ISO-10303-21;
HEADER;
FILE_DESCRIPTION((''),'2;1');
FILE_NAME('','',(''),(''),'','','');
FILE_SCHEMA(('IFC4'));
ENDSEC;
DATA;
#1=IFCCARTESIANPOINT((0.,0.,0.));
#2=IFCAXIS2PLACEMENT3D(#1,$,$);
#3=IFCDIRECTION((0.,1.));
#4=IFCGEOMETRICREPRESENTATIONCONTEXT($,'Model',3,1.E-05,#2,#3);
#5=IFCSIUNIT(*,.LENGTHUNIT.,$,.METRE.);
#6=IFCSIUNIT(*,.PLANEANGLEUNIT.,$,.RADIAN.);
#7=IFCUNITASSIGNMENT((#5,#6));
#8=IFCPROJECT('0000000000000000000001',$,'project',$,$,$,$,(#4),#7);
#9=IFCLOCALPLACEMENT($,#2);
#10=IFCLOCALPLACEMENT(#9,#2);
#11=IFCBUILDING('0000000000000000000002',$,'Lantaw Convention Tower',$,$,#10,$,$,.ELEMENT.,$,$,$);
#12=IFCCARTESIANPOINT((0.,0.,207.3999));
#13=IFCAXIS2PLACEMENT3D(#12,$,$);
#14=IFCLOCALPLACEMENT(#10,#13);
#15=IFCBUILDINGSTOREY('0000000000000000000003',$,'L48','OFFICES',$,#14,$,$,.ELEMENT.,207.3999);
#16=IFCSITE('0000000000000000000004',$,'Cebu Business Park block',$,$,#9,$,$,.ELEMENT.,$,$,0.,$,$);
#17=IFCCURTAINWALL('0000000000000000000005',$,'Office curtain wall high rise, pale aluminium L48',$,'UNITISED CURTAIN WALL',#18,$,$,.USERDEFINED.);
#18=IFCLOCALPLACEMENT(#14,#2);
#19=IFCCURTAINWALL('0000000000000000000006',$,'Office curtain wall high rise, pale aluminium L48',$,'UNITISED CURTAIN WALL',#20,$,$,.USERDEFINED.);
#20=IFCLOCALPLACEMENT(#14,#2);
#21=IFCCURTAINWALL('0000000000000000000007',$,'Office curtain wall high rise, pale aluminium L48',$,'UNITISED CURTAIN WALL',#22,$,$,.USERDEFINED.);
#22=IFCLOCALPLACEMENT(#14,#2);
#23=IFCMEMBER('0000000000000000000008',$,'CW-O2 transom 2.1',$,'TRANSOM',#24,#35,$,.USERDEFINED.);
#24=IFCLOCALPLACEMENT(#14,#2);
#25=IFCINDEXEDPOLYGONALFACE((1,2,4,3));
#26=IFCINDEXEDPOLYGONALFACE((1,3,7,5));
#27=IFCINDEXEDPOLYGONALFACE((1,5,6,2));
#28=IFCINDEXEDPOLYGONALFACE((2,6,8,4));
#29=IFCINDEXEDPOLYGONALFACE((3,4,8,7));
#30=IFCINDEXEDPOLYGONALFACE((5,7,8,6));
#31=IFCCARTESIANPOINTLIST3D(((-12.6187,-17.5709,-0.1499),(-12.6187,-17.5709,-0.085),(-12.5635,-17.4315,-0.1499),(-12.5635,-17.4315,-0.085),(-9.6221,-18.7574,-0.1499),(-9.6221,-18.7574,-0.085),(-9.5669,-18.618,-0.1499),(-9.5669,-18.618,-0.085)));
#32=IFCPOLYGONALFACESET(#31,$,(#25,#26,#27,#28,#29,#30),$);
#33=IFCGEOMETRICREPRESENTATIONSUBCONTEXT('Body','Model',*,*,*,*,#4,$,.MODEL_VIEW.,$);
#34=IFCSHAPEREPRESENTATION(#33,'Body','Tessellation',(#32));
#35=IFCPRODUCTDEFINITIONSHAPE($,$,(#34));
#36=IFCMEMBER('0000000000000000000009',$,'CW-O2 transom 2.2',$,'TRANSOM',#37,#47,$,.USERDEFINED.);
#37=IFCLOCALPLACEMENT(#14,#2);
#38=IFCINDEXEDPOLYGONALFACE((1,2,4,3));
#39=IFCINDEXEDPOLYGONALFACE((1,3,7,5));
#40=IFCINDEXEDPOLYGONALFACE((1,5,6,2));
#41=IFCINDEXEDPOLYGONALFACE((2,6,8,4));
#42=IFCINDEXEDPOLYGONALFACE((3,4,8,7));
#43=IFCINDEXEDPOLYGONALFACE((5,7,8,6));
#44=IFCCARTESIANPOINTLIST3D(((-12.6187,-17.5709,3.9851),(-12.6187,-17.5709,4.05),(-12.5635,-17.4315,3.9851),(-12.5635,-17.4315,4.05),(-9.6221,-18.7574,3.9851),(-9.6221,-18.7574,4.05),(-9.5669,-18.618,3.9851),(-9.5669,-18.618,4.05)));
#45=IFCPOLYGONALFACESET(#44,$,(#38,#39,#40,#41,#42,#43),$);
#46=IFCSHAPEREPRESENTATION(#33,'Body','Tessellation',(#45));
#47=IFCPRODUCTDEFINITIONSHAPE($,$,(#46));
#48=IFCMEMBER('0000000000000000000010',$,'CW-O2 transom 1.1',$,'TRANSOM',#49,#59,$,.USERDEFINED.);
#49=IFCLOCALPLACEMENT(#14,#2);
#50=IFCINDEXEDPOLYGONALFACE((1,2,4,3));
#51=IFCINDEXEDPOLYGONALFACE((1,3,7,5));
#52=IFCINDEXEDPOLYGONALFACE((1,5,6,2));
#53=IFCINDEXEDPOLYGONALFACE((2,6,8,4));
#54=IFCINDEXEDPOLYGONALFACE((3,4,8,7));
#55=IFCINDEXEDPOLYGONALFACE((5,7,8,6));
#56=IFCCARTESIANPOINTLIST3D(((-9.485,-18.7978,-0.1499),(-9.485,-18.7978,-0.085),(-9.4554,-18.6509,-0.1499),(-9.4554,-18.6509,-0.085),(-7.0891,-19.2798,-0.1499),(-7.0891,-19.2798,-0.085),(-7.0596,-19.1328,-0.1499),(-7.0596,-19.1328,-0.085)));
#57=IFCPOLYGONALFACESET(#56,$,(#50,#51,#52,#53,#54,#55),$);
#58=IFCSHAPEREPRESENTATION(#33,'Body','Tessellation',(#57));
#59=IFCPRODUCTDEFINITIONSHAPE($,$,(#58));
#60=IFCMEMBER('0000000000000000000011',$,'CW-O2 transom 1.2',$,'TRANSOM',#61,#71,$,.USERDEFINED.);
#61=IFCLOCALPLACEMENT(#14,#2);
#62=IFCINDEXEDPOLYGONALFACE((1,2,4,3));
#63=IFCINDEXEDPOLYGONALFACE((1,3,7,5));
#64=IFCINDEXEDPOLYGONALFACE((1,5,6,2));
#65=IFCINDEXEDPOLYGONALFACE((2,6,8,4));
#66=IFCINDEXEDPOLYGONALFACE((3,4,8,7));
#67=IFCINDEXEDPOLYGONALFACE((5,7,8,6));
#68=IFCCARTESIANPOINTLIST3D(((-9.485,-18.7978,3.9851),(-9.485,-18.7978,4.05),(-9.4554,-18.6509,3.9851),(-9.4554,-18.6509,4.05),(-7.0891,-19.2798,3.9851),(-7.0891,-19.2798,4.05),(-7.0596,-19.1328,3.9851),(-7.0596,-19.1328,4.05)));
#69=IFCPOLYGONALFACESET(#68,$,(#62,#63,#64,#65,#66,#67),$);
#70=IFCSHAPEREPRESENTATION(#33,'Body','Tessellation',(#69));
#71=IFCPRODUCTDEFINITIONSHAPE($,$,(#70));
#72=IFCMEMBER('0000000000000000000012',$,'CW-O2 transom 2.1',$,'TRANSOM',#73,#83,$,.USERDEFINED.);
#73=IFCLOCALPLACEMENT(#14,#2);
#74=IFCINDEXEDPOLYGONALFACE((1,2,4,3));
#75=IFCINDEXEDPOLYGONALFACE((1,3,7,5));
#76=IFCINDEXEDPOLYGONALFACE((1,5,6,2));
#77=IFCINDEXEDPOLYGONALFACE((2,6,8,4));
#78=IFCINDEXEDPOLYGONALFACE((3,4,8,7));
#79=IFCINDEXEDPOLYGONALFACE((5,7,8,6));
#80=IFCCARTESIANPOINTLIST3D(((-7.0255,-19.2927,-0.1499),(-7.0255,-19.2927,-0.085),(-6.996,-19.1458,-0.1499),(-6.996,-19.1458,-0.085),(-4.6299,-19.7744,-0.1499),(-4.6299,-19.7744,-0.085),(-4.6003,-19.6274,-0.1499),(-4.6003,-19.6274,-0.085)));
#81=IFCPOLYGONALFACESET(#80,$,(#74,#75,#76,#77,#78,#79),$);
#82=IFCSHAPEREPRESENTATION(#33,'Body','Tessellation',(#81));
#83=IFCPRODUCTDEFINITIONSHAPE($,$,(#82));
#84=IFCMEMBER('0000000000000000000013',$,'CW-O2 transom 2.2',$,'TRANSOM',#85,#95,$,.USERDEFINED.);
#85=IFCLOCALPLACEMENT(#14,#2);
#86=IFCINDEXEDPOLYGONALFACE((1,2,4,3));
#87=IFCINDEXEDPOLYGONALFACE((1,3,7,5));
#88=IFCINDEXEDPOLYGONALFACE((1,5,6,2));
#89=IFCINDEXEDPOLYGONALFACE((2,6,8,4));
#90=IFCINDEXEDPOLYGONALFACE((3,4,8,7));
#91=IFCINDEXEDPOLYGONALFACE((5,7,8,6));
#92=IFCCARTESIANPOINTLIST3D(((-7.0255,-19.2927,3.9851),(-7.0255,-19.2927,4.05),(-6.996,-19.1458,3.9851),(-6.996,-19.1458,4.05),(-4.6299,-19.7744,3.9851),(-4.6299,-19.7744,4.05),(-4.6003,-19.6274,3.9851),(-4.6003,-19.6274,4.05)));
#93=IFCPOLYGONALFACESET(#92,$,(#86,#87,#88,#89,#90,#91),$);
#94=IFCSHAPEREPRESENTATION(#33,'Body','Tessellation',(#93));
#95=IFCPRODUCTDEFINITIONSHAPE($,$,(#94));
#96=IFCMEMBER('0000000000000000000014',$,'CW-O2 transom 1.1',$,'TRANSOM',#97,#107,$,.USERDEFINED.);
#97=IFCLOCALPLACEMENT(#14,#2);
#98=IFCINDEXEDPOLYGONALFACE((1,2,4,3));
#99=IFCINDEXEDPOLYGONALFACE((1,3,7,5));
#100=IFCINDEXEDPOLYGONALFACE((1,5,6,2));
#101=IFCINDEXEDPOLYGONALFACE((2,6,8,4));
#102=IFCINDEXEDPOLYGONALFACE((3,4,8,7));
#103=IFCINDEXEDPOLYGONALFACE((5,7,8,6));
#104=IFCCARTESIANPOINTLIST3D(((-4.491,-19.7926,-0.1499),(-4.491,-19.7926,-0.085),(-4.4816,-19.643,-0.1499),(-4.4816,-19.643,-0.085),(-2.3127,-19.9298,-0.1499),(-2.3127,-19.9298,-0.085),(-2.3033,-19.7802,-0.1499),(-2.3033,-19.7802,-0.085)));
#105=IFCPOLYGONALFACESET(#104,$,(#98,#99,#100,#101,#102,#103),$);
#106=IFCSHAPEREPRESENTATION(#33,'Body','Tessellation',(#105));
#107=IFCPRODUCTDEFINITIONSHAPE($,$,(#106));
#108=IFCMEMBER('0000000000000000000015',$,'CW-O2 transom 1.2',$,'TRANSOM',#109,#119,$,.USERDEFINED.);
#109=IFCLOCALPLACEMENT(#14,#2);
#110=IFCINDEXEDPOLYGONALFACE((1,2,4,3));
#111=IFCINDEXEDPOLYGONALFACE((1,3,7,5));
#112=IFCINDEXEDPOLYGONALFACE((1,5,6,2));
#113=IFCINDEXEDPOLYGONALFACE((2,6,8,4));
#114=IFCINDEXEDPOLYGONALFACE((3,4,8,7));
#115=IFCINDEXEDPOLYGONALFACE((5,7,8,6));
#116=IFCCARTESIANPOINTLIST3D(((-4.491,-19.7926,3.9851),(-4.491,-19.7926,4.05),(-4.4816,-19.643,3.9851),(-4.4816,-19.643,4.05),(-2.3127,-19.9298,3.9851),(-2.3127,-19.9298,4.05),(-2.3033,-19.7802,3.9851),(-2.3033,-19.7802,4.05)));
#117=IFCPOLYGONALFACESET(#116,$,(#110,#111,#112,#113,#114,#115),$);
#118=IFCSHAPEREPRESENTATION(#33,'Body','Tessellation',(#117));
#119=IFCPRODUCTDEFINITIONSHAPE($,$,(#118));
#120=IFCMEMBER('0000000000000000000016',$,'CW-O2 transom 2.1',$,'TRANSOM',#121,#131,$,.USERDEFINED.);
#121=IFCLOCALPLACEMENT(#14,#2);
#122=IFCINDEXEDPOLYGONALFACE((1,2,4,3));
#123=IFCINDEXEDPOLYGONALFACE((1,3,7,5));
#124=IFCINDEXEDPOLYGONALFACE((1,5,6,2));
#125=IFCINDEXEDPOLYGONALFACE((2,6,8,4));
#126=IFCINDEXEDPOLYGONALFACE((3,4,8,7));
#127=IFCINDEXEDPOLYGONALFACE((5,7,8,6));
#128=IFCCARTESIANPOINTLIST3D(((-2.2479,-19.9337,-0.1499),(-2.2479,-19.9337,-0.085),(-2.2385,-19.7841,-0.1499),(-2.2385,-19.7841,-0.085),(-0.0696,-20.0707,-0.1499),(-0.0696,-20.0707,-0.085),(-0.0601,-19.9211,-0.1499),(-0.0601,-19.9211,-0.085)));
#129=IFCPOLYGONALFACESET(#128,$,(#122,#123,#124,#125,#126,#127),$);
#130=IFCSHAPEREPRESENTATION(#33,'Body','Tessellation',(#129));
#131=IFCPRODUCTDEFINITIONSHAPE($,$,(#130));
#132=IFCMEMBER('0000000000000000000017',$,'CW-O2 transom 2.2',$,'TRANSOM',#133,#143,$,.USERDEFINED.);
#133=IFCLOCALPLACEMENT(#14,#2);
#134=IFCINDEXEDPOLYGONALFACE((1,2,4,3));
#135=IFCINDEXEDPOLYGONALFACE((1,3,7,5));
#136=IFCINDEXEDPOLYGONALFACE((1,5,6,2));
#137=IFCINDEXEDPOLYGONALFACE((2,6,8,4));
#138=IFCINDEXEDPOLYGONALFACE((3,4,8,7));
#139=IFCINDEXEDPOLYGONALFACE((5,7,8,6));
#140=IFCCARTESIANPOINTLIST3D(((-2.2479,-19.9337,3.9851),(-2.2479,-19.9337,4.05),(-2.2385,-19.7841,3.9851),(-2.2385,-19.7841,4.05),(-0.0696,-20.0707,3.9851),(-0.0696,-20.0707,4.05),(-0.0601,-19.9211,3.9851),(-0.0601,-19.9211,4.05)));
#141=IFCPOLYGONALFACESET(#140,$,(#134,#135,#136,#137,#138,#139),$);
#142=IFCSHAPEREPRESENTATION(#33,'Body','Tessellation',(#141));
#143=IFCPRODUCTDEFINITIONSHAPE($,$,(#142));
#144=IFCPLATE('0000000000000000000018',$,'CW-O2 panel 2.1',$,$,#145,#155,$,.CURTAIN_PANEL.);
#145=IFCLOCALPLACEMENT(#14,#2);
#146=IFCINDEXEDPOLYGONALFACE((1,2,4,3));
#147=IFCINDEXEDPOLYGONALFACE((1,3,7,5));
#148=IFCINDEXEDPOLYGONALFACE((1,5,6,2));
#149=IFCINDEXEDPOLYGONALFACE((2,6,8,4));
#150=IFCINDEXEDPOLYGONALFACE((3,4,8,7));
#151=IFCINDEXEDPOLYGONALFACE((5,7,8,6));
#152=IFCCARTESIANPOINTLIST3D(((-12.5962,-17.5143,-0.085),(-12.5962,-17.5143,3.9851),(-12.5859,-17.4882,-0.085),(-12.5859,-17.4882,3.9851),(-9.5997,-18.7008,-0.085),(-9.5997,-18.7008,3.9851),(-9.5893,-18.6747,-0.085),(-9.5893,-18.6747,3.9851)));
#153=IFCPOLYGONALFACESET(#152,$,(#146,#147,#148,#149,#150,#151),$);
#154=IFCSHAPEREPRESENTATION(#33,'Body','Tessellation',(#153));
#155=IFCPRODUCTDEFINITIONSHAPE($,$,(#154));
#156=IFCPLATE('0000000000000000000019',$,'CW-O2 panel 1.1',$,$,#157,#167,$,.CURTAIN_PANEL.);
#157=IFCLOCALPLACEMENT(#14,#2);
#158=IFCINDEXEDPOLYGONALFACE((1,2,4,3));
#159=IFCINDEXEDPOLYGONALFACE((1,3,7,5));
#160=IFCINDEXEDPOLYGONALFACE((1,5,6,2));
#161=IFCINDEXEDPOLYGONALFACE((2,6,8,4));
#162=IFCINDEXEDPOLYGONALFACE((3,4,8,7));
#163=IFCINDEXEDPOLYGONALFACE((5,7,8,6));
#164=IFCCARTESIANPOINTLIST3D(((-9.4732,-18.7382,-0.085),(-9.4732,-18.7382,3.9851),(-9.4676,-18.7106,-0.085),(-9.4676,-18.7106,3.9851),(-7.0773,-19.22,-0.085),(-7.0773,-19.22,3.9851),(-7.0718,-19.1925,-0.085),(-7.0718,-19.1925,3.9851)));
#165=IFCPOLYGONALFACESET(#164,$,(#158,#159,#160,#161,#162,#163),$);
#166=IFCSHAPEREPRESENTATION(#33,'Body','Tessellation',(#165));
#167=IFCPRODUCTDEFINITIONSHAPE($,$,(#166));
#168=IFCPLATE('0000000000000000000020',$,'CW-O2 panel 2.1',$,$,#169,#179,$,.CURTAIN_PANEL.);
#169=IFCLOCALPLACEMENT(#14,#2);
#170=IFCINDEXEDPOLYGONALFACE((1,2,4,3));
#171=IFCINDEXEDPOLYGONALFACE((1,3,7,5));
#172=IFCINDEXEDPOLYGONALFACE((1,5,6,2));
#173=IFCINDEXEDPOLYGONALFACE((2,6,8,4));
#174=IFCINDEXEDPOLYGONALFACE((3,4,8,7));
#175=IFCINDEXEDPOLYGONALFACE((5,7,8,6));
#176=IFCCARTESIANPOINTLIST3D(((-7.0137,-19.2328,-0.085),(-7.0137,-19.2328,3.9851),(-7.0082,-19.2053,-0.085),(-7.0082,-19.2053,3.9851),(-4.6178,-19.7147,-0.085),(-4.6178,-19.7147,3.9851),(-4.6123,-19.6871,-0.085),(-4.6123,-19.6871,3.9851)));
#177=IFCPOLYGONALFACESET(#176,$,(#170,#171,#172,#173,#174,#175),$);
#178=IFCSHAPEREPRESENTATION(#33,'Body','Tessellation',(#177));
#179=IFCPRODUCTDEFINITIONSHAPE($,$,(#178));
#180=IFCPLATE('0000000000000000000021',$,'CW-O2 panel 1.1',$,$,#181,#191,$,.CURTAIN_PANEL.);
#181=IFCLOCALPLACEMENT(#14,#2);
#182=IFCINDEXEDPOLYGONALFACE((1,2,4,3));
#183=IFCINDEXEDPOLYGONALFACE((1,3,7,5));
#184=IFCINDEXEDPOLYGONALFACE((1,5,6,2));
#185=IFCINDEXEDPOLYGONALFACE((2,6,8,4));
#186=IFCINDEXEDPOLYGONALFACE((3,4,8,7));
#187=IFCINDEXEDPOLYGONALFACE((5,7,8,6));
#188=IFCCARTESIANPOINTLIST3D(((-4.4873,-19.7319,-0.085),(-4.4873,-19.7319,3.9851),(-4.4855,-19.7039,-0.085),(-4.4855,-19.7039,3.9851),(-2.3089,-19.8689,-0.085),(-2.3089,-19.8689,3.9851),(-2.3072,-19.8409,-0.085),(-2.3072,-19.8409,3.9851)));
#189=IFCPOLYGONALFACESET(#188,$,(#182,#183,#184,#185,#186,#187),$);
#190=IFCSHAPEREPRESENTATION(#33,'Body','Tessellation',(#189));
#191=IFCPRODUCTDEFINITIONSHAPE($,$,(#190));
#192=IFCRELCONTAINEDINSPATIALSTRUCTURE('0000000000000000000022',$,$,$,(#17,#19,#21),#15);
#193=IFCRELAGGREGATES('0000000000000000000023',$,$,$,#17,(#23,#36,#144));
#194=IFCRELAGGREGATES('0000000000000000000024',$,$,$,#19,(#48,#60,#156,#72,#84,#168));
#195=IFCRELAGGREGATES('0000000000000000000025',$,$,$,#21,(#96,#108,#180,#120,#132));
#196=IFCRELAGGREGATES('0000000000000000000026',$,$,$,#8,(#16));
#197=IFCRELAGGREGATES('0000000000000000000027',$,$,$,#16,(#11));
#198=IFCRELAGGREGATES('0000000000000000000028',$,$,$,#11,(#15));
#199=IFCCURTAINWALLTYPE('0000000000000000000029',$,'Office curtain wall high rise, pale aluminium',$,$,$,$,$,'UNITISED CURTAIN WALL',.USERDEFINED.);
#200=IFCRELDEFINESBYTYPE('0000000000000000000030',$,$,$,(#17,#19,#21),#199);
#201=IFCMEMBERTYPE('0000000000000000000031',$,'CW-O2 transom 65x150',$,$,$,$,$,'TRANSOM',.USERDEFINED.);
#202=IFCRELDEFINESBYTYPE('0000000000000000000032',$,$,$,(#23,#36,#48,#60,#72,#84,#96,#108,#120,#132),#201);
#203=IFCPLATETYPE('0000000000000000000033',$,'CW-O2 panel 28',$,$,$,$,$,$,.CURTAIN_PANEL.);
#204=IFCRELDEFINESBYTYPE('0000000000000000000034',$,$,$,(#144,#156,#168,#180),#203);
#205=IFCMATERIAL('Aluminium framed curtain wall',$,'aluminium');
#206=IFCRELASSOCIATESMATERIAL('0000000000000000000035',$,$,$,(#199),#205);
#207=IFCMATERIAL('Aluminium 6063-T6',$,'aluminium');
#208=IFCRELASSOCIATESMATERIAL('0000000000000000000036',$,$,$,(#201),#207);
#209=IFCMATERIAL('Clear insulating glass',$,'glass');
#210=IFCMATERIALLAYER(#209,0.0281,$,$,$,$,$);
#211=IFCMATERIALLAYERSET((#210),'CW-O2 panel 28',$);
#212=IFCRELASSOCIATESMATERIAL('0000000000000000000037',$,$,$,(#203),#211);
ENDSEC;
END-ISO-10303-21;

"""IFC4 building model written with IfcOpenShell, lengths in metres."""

from ifc_helpers import new_model, si_unit, direction, frame, origin, origin_2d, place, context, subcontext, project, spatial, rectangle, extrude, material, layer, layer_set, material_profile, profile_set, type_object, element, aggregate, save


model = new_model("IFC4")

# Units and contexts
model_context = context("Model", 3, precision=1e-05, world=origin(), true_north=direction((0.0, 1.0)))
body_context = subcontext(model_context, "Body", "Model", "MODEL_VIEW")
ifc_project = project(units=[si_unit("LENGTHUNIT", "METRE"), si_unit("PLANEANGLEUNIT", "RADIAN")], contexts=[model_context])

# Site, building, storey
site_placement = place(None, origin())
site = spatial("IfcSite", under=ifc_project, at=site_placement, Name="Cebu Business Park block", CompositionType="ELEMENT", RefElevation=0.0)
building_placement = place(site_placement, origin())
building = spatial("IfcBuilding", under=site, at=building_placement, Name="Lantaw Convention Tower", CompositionType="ELEMENT")
storey_placement = place(building_placement, frame((0.0, 0.0, 207.3999)))
storey = spatial("IfcBuildingStorey", under=building, at=storey_placement, Name="L48", Description="OFFICES", CompositionType="ELEMENT", Elevation=207.3999)

# Curtain wall
ifc_material_1 = material(Name="Aluminium framed curtain wall", Category="aluminium")
curtain_wall_type = type_object("IfcCurtainWallType", Name="Office curtain wall high rise, pale aluminium", ElementType="UNITISED CURTAIN WALL", PredefinedType="USERDEFINED", material=ifc_material_1)
curtain_wall_1_placement = place(storey_placement, origin())
curtain_wall_1 = element("IfcCurtainWall", 1, at=curtain_wall_1_placement, inside=storey, type_object=curtain_wall_type, Name="Office curtain wall high rise, pale aluminium L48", ObjectType="UNITISED CURTAIN WALL", PredefinedType="USERDEFINED")
ifc_material_2 = material(Name="Aluminium 6063-T6", Category="aluminium")

# Curtain walls
curtain_wall_2_placement = place(storey_placement, origin())
curtain_wall_2 = element("IfcCurtainWall", 2, at=curtain_wall_2_placement, inside=storey, type_object=curtain_wall_type, Name="Office curtain wall high rise, pale aluminium L48", ObjectType="UNITISED CURTAIN WALL", PredefinedType="USERDEFINED")
curtain_wall_3_placement = place(storey_placement, origin())
curtain_wall_3 = element("IfcCurtainWall", 3, at=curtain_wall_3_placement, inside=storey, type_object=curtain_wall_type, Name="Office curtain wall high rise, pale aluminium L48", ObjectType="UNITISED CURTAIN WALL", PredefinedType="USERDEFINED")

# Members
ifc_material_profile_1 = material_profile(ifc_material_2, rectangle(XDim=0.1499, YDim=0.0649, at=origin_2d()), Name="CW-O2 transom 65x150")
ifc_profile_set_1 = profile_set([ifc_material_profile_1], Name="Aluminium 6063-T6")
member_type_1 = type_object("IfcMemberType", Name="CW-O2 transom 65x150", ElementType="TRANSOM", PredefinedType="USERDEFINED", material=ifc_profile_set_1)
member_1_placement = place(storey_placement, frame((-12.5911, -17.5012, -0.1174), z_axis=(0.929767, -0.368149, 0.0), x_axis=(0.368149, 0.929767, 0.0)))
member_1 = element("IfcMember", 4, at=member_1_placement, type_object=member_type_1, Name="CW-O2 transom 2.1", ObjectType="TRANSOM", PredefinedType="USERDEFINED", context=body_context, shape_type="SweptSolid", body=[
    extrude(rectangle(XDim=0.1499, YDim=0.0649, at=origin_2d()), origin(), (0.0, 0.0, 1.0), 3.2229),
])
member_2_placement = place(storey_placement, frame((-12.5911, -17.5012, 4.0176), z_axis=(0.929767, -0.368149, 0.0), x_axis=(0.368149, 0.929767, 0.0)))
member_2 = element("IfcMember", 5, at=member_2_placement, type_object=member_type_1, Name="CW-O2 transom 2.2", ObjectType="TRANSOM", PredefinedType="USERDEFINED", context=body_context, shape_type="SweptSolid", body=[
    extrude(rectangle(XDim=0.1499, YDim=0.0649, at=origin_2d()), origin(), (0.0, 0.0, 1.0), 3.2229),
])
member_3_placement = place(storey_placement, frame((-9.4702, -18.7244, -0.1174), z_axis=(0.980361, -0.197211, 0.0), x_axis=(0.197211, 0.980361, 0.0)))
member_3 = element("IfcMember", 6, at=member_3_placement, type_object=member_type_1, Name="CW-O2 transom 1.1", ObjectType="TRANSOM", PredefinedType="USERDEFINED", context=body_context, shape_type="SweptSolid", body=[
    extrude(rectangle(XDim=0.1499, YDim=0.0649, at=origin_2d()), origin(), (0.0, 0.0, 1.0), 2.4438),
])
member_4_placement = place(storey_placement, frame((-9.4702, -18.7244, 4.0176), z_axis=(0.980361, -0.197211, 0.0), x_axis=(0.197211, 0.980361, 0.0)))
member_4 = element("IfcMember", 7, at=member_4_placement, type_object=member_type_1, Name="CW-O2 transom 1.2", ObjectType="TRANSOM", PredefinedType="USERDEFINED", context=body_context, shape_type="SweptSolid", body=[
    extrude(rectangle(XDim=0.1499, YDim=0.0649, at=origin_2d()), origin(), (0.0, 0.0, 1.0), 2.4438),
])
member_5_placement = place(storey_placement, frame((-7.0107, -19.2192, -0.1174), z_axis=(0.98038, -0.197115, 0.0), x_axis=(0.197115, 0.98038, 0.0)))
member_5 = element("IfcMember", 8, at=member_5_placement, type_object=member_type_1, Name="CW-O2 transom 2.1", ObjectType="TRANSOM", PredefinedType="USERDEFINED", context=body_context, shape_type="SweptSolid", body=[
    extrude(rectangle(XDim=0.1499, YDim=0.0649, at=origin_2d()), origin(), (0.0, 0.0, 1.0), 2.4436),
])
member_6_placement = place(storey_placement, frame((-7.0107, -19.2192, 4.0176), z_axis=(0.98038, -0.197115, 0.0), x_axis=(0.197115, 0.98038, 0.0)))
member_6 = element("IfcMember", 9, at=member_6_placement, type_object=member_type_1, Name="CW-O2 transom 2.2", ObjectType="TRANSOM", PredefinedType="USERDEFINED", context=body_context, shape_type="SweptSolid", body=[
    extrude(rectangle(XDim=0.1499, YDim=0.0649, at=origin_2d()), origin(), (0.0, 0.0, 1.0), 2.4436),
])
member_7_placement = place(storey_placement, frame((-4.4863, -19.7178, -0.1174), z_axis=(0.998022, -0.062866, 0.0), x_axis=(0.062866, 0.998022, 0.0)))
member_7 = element("IfcMember", 10, at=member_7_placement, type_object=member_type_1, Name="CW-O2 transom 1.1", ObjectType="TRANSOM", PredefinedType="USERDEFINED", context=body_context, shape_type="SweptSolid", body=[
    extrude(rectangle(XDim=0.1499, YDim=0.0649, at=origin_2d()), origin(), (0.0, 0.0, 1.0), 2.1826),
])
member_8_placement = place(storey_placement, frame((-4.4863, -19.7178, 4.0176), z_axis=(0.998022, -0.062866, 0.0), x_axis=(0.062866, 0.998022, 0.0)))
member_8 = element("IfcMember", 11, at=member_8_placement, type_object=member_type_1, Name="CW-O2 transom 1.2", ObjectType="TRANSOM", PredefinedType="USERDEFINED", context=body_context, shape_type="SweptSolid", body=[
    extrude(rectangle(XDim=0.1499, YDim=0.0649, at=origin_2d()), origin(), (0.0, 0.0, 1.0), 2.1826),
])
member_9_placement = place(storey_placement, frame((-2.2432, -19.8589, -0.1174), z_axis=(0.998029, -0.062754, 0.0), x_axis=(0.062754, 0.998029, 0.0)))
member_9 = element("IfcMember", 12, at=member_9_placement, type_object=member_type_1, Name="CW-O2 transom 2.1", ObjectType="TRANSOM", PredefinedType="USERDEFINED", context=body_context, shape_type="SweptSolid", body=[
    extrude(rectangle(XDim=0.1499, YDim=0.0649, at=origin_2d()), origin(), (0.0, 0.0, 1.0), 2.1826),
])
member_10_placement = place(storey_placement, frame((-2.2432, -19.8589, 4.0176), z_axis=(0.998029, -0.062754, 0.0), x_axis=(0.062754, 0.998029, 0.0)))
member_10 = element("IfcMember", 13, at=member_10_placement, type_object=member_type_1, Name="CW-O2 transom 2.2", ObjectType="TRANSOM", PredefinedType="USERDEFINED", context=body_context, shape_type="SweptSolid", body=[
    extrude(rectangle(XDim=0.1499, YDim=0.0649, at=origin_2d()), origin(), (0.0, 0.0, 1.0), 2.1826),
])

# Plates
ifc_material_3 = material(Name="Clear insulating glass", Category="glass")
ifc_layer_1 = layer(ifc_material_3, 0.0281)
ifc_layer_set_1 = layer_set([ifc_layer_1], Name="CW-O2 panel 28")
plate_type_1 = type_object("IfcPlateType", Name="CW-O2 panel 28", PredefinedType="CURTAIN_PANEL", material=ifc_layer_set_1)
plate_1_placement = place(storey_placement, frame((-11.0928, -18.0945, -0.085), z_axis=(0.0, 0.0, 1.0), x_axis=(0.929762, -0.368162, 0.0)))
plate_1 = element("IfcPlate", 14, at=plate_1_placement, type_object=plate_type_1, Name="CW-O2 panel 2.1", PredefinedType="CURTAIN_PANEL", context=body_context, shape_type="SweptSolid", body=[
    extrude(rectangle(XDim=3.2229, YDim=0.0281, at=origin_2d()), origin(), (0.0, 0.0, 1.0), 4.0701),
])
aggregate(curtain_wall_1, [member_1, member_2, plate_1])
plate_2_placement = place(storey_placement, frame((-8.2725, -18.9653, -0.085), z_axis=(0.0, 0.0, 1.0), x_axis=(0.980367, -0.197183, 0.0)))
plate_2 = element("IfcPlate", 15, at=plate_2_placement, type_object=plate_type_1, Name="CW-O2 panel 1.1", PredefinedType="CURTAIN_PANEL", context=body_context, shape_type="SweptSolid", body=[
    extrude(rectangle(XDim=2.4438, YDim=0.0281, at=origin_2d()), origin(), (0.0, 0.0, 1.0), 4.0701),
])
plate_3_placement = place(storey_placement, frame((-5.813, -19.46, -0.085), z_axis=(0.0, 0.0, 1.0), x_axis=(0.980367, -0.197183, 0.0)))
plate_3 = element("IfcPlate", 16, at=plate_3_placement, type_object=plate_type_1, Name="CW-O2 panel 2.1", PredefinedType="CURTAIN_PANEL", context=body_context, shape_type="SweptSolid", body=[
    extrude(rectangle(XDim=2.4438, YDim=0.0281, at=origin_2d()), origin(), (0.0, 0.0, 1.0), 4.0701),
])
aggregate(curtain_wall_2, [member_3, member_4, plate_2, member_5, member_6, plate_3])
plate_4_placement = place(storey_placement, frame((-3.3972, -19.7864, -0.085), z_axis=(0.0, 0.0, 1.0), x_axis=(0.998029, -0.062758, 0.0)))
plate_4 = element("IfcPlate", 17, at=plate_4_placement, type_object=plate_type_1, Name="CW-O2 panel 1.1", PredefinedType="CURTAIN_PANEL", context=body_context, shape_type="SweptSolid", body=[
    extrude(rectangle(XDim=2.1826, YDim=0.0281, at=origin_2d()), origin(), (0.0, 0.0, 1.0), 4.0701),
])
aggregate(curtain_wall_3, [member_7, member_8, plate_4, member_9, member_10])

save(model, "model.ifc")
